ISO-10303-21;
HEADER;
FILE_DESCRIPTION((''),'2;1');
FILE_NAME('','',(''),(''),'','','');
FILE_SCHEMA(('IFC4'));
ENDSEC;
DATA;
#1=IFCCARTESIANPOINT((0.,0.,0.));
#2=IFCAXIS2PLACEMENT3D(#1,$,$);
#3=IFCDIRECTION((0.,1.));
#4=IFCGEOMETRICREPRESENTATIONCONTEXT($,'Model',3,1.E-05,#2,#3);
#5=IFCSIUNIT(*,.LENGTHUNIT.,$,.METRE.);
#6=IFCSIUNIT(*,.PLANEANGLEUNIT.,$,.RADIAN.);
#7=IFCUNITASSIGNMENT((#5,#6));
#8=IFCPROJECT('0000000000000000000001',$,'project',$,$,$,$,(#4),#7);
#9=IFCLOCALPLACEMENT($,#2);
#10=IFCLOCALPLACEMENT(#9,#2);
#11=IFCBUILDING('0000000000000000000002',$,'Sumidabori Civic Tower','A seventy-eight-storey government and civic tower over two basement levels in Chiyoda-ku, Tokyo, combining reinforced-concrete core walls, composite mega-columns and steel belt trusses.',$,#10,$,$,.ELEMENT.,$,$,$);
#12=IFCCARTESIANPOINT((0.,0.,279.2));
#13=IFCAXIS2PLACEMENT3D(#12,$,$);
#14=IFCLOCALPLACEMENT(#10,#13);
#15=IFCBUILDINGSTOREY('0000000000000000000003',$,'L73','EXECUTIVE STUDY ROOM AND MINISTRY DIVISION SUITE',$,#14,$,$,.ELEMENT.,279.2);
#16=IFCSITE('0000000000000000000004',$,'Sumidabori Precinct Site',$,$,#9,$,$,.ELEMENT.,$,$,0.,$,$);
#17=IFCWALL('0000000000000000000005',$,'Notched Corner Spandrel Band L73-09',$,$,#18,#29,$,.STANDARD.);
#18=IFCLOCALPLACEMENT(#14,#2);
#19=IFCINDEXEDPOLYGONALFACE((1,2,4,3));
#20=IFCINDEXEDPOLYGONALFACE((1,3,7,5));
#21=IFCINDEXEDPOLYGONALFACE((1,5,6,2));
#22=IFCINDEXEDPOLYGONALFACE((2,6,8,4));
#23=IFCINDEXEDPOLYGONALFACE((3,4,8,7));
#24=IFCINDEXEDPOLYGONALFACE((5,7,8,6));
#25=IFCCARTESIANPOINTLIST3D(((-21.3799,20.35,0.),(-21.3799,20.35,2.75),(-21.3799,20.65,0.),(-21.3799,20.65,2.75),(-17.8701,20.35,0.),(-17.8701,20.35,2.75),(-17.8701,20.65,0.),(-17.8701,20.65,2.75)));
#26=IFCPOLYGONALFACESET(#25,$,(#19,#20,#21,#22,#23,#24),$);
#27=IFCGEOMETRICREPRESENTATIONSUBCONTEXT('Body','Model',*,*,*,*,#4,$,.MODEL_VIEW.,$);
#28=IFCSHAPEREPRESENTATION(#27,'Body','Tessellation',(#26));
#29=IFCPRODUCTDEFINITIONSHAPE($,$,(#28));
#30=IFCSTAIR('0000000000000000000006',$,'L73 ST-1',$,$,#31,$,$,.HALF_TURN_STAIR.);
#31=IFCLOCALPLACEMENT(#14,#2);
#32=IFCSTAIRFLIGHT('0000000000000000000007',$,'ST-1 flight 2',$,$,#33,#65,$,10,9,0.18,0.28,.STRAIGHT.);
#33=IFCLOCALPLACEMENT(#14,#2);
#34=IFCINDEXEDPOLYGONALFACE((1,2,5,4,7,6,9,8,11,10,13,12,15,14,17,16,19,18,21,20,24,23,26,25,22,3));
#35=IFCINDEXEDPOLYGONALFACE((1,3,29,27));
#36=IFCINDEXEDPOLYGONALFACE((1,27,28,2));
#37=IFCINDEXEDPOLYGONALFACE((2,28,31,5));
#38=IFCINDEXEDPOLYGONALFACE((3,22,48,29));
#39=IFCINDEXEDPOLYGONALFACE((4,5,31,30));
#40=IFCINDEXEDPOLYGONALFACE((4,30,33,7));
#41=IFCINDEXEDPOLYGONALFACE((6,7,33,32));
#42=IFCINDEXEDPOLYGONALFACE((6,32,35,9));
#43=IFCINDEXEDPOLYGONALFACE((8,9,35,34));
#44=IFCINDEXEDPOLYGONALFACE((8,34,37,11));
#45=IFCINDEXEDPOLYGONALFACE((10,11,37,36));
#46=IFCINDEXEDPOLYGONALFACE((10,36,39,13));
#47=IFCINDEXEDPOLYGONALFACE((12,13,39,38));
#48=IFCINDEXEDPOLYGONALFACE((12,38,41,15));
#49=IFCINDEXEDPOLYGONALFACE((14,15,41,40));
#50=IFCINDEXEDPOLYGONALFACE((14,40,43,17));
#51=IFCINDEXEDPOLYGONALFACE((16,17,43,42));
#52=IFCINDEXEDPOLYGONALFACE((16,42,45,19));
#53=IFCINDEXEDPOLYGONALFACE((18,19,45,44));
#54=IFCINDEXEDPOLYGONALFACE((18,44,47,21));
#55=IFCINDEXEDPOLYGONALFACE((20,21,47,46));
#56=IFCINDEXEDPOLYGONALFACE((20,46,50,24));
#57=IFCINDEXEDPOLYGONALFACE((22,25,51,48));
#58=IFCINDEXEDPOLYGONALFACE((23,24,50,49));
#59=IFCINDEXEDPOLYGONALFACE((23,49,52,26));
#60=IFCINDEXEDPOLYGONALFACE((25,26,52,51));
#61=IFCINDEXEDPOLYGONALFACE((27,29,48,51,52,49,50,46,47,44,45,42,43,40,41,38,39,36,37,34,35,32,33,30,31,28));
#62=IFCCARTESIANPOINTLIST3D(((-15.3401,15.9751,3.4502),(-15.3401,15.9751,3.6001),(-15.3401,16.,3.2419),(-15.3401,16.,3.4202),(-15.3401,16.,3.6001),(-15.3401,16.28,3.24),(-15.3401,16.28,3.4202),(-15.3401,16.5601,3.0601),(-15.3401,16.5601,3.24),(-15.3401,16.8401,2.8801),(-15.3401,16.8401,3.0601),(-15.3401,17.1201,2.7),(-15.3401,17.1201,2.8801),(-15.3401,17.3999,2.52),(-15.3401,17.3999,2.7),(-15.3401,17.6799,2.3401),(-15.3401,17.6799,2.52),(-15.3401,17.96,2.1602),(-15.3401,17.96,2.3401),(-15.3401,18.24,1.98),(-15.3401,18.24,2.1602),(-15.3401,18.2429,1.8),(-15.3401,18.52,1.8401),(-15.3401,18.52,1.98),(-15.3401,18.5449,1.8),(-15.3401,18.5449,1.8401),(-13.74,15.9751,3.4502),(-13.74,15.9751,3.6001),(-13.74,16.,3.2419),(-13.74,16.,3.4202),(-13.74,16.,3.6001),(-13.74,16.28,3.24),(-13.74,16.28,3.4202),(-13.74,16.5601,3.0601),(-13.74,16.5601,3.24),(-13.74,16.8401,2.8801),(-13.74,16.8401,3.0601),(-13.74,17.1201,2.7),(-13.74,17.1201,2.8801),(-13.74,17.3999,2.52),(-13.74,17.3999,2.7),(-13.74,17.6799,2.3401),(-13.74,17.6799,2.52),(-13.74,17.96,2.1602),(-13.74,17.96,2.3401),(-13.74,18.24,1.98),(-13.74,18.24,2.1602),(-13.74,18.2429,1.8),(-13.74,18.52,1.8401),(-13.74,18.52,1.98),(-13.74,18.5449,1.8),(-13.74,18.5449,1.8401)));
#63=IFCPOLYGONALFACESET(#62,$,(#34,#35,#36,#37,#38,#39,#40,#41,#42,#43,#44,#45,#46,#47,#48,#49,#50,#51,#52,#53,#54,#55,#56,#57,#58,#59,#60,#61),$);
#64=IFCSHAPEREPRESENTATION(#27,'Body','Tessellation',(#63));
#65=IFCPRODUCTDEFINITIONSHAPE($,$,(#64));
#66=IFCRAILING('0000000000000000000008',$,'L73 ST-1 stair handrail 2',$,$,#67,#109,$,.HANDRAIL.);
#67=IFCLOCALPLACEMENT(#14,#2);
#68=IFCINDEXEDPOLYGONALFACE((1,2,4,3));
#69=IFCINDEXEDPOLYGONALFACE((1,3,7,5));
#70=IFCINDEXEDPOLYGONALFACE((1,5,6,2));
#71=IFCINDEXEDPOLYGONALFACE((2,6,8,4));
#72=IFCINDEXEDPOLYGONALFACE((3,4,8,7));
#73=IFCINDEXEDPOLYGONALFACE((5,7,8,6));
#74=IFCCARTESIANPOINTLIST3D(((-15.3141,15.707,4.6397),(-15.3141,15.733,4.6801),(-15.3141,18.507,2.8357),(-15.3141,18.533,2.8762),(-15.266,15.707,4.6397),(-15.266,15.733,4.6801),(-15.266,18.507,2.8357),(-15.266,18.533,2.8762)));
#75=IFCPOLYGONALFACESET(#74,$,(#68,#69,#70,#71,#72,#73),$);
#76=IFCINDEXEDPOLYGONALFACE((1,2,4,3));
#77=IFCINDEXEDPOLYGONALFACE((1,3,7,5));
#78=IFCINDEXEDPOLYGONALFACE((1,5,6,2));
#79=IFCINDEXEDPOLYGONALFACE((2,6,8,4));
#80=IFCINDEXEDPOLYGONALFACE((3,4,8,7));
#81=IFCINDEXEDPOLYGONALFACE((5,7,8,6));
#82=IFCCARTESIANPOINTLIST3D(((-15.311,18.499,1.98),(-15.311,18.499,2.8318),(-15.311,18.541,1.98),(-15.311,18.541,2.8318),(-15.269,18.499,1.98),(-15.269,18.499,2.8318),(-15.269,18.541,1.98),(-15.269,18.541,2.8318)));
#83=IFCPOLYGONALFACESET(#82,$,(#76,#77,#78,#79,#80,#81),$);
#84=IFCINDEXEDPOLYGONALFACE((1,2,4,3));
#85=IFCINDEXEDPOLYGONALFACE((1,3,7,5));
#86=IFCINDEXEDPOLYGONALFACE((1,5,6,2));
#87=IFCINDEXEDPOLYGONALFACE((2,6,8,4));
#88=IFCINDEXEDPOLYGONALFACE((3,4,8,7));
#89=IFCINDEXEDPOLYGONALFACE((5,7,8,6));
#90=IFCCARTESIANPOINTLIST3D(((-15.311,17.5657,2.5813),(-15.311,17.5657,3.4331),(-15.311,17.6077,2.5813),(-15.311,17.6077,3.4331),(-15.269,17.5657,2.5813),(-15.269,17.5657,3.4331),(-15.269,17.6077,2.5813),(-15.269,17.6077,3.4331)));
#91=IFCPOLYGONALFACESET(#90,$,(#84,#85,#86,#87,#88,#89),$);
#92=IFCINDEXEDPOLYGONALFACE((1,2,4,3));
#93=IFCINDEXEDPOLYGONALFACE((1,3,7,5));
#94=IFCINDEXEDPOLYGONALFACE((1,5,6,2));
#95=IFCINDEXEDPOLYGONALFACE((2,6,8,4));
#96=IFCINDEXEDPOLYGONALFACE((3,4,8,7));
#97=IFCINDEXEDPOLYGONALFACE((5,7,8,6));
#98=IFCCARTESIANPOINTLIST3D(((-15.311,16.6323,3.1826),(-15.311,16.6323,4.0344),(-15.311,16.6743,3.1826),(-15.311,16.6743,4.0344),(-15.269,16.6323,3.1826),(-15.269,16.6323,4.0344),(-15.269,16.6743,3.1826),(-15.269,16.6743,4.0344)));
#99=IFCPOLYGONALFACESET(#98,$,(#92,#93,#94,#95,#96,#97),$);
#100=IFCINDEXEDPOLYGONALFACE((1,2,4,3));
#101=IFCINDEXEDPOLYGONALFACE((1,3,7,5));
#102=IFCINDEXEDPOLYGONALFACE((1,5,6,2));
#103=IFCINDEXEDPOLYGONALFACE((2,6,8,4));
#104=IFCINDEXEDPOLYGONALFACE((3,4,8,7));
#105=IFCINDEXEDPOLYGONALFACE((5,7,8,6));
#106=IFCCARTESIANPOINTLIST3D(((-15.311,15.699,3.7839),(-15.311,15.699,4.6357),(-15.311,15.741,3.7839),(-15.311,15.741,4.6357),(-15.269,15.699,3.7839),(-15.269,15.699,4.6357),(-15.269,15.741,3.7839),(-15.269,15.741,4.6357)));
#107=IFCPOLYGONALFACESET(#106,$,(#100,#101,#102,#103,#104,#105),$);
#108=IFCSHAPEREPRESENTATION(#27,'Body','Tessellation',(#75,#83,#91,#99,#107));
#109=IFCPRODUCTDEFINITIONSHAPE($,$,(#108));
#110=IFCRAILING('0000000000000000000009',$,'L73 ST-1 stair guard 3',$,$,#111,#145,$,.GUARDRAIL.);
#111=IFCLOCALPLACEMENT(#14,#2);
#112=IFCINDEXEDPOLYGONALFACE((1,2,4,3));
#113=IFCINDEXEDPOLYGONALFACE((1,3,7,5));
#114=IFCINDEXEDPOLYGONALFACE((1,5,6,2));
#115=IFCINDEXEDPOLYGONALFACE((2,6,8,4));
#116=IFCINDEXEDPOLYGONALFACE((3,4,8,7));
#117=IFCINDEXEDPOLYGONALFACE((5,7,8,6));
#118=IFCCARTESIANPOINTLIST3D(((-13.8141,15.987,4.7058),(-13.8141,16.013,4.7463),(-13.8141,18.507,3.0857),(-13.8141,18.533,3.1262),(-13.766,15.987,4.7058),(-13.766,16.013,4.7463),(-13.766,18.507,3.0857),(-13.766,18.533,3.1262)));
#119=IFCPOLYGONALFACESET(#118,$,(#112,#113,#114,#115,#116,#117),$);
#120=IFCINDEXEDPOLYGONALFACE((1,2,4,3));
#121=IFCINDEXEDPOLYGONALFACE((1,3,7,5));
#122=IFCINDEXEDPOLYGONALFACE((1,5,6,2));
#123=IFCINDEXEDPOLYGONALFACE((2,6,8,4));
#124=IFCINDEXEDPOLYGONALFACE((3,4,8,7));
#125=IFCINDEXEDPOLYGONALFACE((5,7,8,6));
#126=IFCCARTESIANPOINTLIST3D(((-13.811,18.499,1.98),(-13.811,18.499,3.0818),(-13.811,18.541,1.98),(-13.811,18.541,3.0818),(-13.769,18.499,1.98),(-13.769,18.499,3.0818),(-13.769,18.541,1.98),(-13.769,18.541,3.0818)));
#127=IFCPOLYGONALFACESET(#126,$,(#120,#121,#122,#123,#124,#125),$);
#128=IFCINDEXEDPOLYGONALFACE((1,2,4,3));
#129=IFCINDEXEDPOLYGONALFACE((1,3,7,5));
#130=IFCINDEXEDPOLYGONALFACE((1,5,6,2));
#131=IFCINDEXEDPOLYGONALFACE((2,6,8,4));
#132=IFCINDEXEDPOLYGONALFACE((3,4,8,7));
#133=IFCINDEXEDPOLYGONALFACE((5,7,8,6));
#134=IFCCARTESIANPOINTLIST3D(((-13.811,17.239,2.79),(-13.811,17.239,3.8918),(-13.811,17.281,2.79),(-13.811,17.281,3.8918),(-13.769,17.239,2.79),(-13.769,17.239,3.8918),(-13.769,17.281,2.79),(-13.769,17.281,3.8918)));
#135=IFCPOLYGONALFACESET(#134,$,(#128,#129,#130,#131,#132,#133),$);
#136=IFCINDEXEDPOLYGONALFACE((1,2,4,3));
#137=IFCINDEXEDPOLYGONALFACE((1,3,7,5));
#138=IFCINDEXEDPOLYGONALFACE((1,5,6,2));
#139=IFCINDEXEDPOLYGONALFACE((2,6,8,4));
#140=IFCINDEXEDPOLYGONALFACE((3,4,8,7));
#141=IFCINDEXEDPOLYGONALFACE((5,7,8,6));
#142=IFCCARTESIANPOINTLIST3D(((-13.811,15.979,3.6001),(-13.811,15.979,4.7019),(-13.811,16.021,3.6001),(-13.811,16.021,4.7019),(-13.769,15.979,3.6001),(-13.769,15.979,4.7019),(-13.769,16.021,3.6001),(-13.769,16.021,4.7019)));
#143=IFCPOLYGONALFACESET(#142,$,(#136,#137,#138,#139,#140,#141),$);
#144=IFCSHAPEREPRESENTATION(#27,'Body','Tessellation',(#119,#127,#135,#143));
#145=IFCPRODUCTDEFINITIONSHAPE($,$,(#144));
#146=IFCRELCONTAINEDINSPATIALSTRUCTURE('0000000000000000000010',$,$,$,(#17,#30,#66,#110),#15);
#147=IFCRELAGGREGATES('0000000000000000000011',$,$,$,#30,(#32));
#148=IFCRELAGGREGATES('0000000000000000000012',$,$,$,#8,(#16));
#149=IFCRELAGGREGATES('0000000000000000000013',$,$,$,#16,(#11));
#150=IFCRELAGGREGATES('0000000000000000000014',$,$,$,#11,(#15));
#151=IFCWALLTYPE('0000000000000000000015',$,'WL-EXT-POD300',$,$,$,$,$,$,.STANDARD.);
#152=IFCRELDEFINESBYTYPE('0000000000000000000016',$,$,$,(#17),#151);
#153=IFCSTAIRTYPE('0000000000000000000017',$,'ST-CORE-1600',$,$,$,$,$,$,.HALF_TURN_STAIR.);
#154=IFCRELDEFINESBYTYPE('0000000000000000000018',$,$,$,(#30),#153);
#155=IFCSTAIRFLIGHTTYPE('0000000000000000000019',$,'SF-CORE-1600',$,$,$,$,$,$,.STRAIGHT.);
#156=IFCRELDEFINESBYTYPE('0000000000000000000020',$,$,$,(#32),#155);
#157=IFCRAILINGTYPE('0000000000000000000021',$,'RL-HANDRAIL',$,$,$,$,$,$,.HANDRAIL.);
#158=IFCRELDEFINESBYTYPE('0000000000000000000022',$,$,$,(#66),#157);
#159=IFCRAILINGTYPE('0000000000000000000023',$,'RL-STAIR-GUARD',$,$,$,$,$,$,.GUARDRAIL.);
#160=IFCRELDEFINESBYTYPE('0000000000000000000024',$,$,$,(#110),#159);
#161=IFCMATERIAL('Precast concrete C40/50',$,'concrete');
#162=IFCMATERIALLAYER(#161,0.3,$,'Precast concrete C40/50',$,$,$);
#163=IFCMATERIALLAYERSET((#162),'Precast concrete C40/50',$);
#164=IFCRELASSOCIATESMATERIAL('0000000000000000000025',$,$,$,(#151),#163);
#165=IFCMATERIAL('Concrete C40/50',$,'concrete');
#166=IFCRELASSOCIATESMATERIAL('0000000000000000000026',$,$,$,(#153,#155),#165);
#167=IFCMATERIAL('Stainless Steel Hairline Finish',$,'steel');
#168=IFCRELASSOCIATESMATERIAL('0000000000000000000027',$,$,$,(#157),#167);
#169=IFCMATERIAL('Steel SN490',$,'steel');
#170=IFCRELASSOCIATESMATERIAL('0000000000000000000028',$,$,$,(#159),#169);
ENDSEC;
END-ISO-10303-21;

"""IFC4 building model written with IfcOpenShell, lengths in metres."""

from ifc_helpers import new_model, si_unit, direction, frame, frame_2d, origin, origin_2d, place, context, subcontext, project, spatial, polyline, rectangle, outline, extrude, source, transform, mapped, material, layer, layer_set, type_object, element, aggregate, save


model = new_model("IFC4")

# Units and contexts
model_context = context("Model", 3, precision=1e-05, world=origin(), true_north=direction((0.0, 1.0)))
body_context = subcontext(model_context, "Body", "Model", "MODEL_VIEW")
ifc_project = project(units=[si_unit("LENGTHUNIT", "METRE"), si_unit("PLANEANGLEUNIT", "RADIAN")], contexts=[model_context])

# Site, building, storey
site_placement = place(None, origin())
site = spatial("IfcSite", under=ifc_project, at=site_placement, Name="Sumidabori Precinct Site", CompositionType="ELEMENT", RefElevation=0.0)
building_placement = place(site_placement, origin())
building = spatial("IfcBuilding", under=site, at=building_placement, Name="Sumidabori Civic Tower", Description="A seventy-eight-storey government and civic tower over two basement levels in Chiyoda-ku, Tokyo, combining reinforced-concrete core walls, composite mega-columns and steel belt trusses.", CompositionType="ELEMENT")
storey_placement = place(building_placement, frame((0.0, 0.0, 279.2)))
storey = spatial("IfcBuildingStorey", under=building, at=storey_placement, Name="L73", Description="EXECUTIVE STUDY ROOM AND MINISTRY DIVISION SUITE", CompositionType="ELEMENT", Elevation=279.2)

# Shared definitions
ifc_material_1 = material(Name="Steel SN490", Category="steel")

# Wall
ifc_material_2 = material(Name="Precast concrete C40/50", Category="concrete")
ifc_layer_1 = layer(ifc_material_2, 0.3, Name="Precast concrete C40/50")
ifc_layer_set_1 = layer_set([ifc_layer_1], Name="Precast concrete C40/50")
wall_type_1 = type_object("IfcWallType", Name="WL-EXT-POD300", PredefinedType="STANDARD", material=ifc_layer_set_1)
shared_shape_1 = source(origin(), body_context, "Body", "SweptSolid", [
    extrude(rectangle(XDim=3.5098, YDim=0.3, at=frame_2d((1.7549, 0.0))), origin(), (0.0, 0.0, 1.0), 2.75),
])
wall_1_placement = place(storey_placement, frame((-17.8701, 20.5, 0.0), z_axis=(0.0, 0.0, 1.0), x_axis=(-1.0, 0.0, 0.0)))
element("IfcWall", 1, at=wall_1_placement, inside=storey, type_object=wall_type_1, Name="Notched Corner Spandrel Band L73-09", PredefinedType="STANDARD", context=body_context, shape_type="MappedRepresentation", body=[
    mapped(shared_shape_1, transform((0.0, 0.0, 0.0), x_axis=(1.0, 0.0, 0.0), y_axis=(0.0, 1.0, 0.0), z_axis=(0.0, 0.0, 1.0), scale=1.0)),
])

# Stair, stair flight
ifc_material_3 = material(Name="Concrete C40/50", Category="concrete")
stair_type = type_object("IfcStairType", Name="ST-CORE-1600", PredefinedType="HALF_TURN_STAIR", material=ifc_material_3)
stair_placement = place(storey_placement, origin())
stair = element("IfcStair", 2, at=stair_placement, inside=storey, type_object=stair_type, Name="L73 ST-1", PredefinedType="HALF_TURN_STAIR")
stair_flight_type = type_object("IfcStairFlightType", Name="SF-CORE-1600", PredefinedType="STRAIGHT", material=ifc_material_3)
shared_shape_2 = source(origin(), body_context, "Body", "SweptSolid", [
    extrude(outline(polyline([(-0.0249, 0.0), (-0.0249, 0.04), (0.0, 0.04), (0.0, 0.1799), (0.28, 0.1799), (0.28, 0.3601), (0.5601, 0.3601), (0.5601, 0.54), (0.8401, 0.54), (0.8401, 0.72), (1.1201, 0.72), (1.1201, 0.8999), (1.3999, 0.8999), (1.3999, 1.0801), (1.6799, 1.0801), (1.6799, 1.26), (1.96, 1.26), (1.96, 1.4399), (2.24, 1.4399), (2.24, 1.6201), (2.52, 1.6201), (2.52, 1.8), (2.5449, 1.8), (2.5449, 1.6501), (2.52, 1.4419), (0.2771, 0.0), (-0.0249, 0.0)])), frame((0.0, 0.8, 0.0), z_axis=(0.0, -1.0, 0.0), x_axis=(1.0, 0.0, 0.0)), (0.0, 0.0, 1.0), 1.6001),
])
stair_flight_placement = place(storey_placement, frame((-14.54, 18.52, 1.8), z_axis=(0.0, 0.0, 1.0), x_axis=(0.0, -1.0, 0.0)))
stair_flight = element("IfcStairFlight", 3, at=stair_flight_placement, type_object=stair_flight_type, Name="ST-1 flight 2", NumberOfRisers=10, NumberOfTreads=9, PredefinedType="STRAIGHT", RiserHeight=0.18, TreadLength=0.28, context=body_context, shape_type="MappedRepresentation", body=[
    mapped(shared_shape_2, transform((0.0, 0.0, 0.0), x_axis=(1.0, 0.0, 0.0), y_axis=(0.0, 1.0, 0.0), z_axis=(0.0, 0.0, 1.0), scale=1.0)),
])
aggregate(stair, [stair_flight])

# Railings
ifc_material_4 = material(Name="Stainless Steel Hairline Finish", Category="steel")
railing_type_1 = type_object("IfcRailingType", Name="RL-HANDRAIL", PredefinedType="HANDRAIL", material=ifc_material_4)
railing_1_placement = place(storey_placement, frame((-15.29, 18.52, 1.98)))
element("IfcRailing", 4, at=railing_1_placement, inside=storey, type_object=railing_type_1, Name="L73 ST-1 stair handrail 2", PredefinedType="HANDRAIL", context=body_context, shape_type="SweptSolid", body=[
    extrude(rectangle(XDim=0.0481, YDim=0.0481, at=origin_2d()), frame((0.0, 0.0, 0.876), z_axis=(0.0, -0.840642, 0.541591), x_axis=(1.0, 0.0, 0.0)), (0.0, 0.0, 1.0), 3.3308),
    extrude(rectangle(XDim=0.042, YDim=0.042, at=origin_2d()), origin(), (0.0, 0.0, 1.0), 0.8518),
    extrude(rectangle(XDim=0.042, YDim=0.042, at=origin_2d()), frame((0.0, -0.9333, 0.6013)), (0.0, 0.0, 1.0), 0.8518),
    extrude(rectangle(XDim=0.042, YDim=0.042, at=origin_2d()), frame((0.0, -1.8667, 1.2026)), (0.0, 0.0, 1.0), 0.8518),
    extrude(rectangle(XDim=0.042, YDim=0.042, at=origin_2d()), frame((0.0, -2.8, 1.804)), (0.0, 0.0, 1.0), 0.8518),
])
railing_type_2 = type_object("IfcRailingType", Name="RL-STAIR-GUARD", PredefinedType="GUARDRAIL", material=ifc_material_1)
railing_2_placement = place(storey_placement, frame((-13.79, 18.52, 1.98)))
element("IfcRailing", 5, at=railing_2_placement, inside=storey, type_object=railing_type_2, Name="L73 ST-1 stair guard 3", PredefinedType="GUARDRAIL", context=body_context, shape_type="SweptSolid", body=[
    extrude(rectangle(XDim=0.0481, YDim=0.0481, at=origin_2d()), frame((0.0, 0.0, 1.126), z_axis=(0.0, -0.841163, 0.540782), x_axis=(1.0, 0.0, 0.0)), (0.0, 0.0, 1.0), 2.9958),
    extrude(rectangle(XDim=0.042, YDim=0.042, at=origin_2d()), origin(), (0.0, 0.0, 1.0), 1.1018),
    extrude(rectangle(XDim=0.042, YDim=0.042, at=origin_2d()), frame((0.0, -1.26, 0.8101)), (0.0, 0.0, 1.0), 1.1018),
    extrude(rectangle(XDim=0.042, YDim=0.042, at=origin_2d()), frame((0.0, -2.52, 1.6201)), (0.0, 0.0, 1.0), 1.1018),
])

save(model, "model.ifc")
